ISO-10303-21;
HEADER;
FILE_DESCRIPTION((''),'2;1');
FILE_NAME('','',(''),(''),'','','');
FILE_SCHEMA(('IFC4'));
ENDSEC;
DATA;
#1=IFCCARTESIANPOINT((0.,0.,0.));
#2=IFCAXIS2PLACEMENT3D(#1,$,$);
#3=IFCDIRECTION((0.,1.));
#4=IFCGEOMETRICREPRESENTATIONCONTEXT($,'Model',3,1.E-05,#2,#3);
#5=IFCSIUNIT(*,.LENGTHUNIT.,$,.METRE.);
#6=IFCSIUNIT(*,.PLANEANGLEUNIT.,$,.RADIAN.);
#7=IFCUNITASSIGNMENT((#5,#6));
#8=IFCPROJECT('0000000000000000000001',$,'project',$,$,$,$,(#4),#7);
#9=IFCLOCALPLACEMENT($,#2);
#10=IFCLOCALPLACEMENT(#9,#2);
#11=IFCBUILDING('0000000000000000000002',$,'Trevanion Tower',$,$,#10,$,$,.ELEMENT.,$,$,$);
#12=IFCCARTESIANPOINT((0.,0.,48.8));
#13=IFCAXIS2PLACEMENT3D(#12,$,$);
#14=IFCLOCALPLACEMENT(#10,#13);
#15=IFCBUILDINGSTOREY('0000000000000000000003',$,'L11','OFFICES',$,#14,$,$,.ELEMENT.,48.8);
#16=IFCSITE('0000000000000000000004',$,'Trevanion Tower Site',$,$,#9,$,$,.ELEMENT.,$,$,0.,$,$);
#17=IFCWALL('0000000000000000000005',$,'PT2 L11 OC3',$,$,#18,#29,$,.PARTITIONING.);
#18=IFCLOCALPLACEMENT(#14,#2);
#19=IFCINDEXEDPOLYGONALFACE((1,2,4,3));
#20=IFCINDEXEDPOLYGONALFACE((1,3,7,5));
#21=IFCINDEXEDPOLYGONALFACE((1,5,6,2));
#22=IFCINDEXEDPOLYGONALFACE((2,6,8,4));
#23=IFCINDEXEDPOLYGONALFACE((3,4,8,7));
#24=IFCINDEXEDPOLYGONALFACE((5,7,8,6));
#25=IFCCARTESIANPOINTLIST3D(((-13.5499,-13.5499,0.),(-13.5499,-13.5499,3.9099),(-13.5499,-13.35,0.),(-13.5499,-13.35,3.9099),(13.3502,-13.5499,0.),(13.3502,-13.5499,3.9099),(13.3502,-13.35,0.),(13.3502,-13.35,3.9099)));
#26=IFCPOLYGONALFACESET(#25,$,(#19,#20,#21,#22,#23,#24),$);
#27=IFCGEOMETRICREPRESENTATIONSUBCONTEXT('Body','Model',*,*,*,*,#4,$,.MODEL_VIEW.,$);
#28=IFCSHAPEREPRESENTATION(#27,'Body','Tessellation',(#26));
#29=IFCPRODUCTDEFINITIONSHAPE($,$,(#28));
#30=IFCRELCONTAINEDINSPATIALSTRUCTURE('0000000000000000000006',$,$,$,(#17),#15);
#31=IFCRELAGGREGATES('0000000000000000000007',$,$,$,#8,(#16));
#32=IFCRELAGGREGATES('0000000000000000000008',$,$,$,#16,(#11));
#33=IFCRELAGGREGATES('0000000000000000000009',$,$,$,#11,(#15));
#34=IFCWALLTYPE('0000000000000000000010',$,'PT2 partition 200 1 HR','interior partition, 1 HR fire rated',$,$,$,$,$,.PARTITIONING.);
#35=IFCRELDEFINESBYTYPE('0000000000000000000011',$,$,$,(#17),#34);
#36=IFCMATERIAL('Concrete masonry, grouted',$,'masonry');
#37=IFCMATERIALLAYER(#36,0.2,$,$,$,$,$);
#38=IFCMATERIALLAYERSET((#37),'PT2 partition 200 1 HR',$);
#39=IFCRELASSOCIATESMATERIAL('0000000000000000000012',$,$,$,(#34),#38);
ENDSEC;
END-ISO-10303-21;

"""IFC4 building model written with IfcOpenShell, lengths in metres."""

from ifc_helpers import new_model, si_unit, direction, frame, frame_2d, origin, place, context, subcontext, project, spatial, rectangle, extrude, material, layer, layer_set, type_object, element, save


model = new_model("IFC4")

# Units and contexts
model_context = context("Model", 3, precision=1e-05, world=origin(), true_north=direction((0.0, 1.0)))
body_context = subcontext(model_context, "Body", "Model", "MODEL_VIEW")
ifc_project = project(units=[si_unit("LENGTHUNIT", "METRE"), si_unit("PLANEANGLEUNIT", "RADIAN")], contexts=[model_context])

# Site, building, storey
site_placement = place(None, origin())
site = spatial("IfcSite", under=ifc_project, at=site_placement, Name="Trevanion Tower Site", CompositionType="ELEMENT", RefElevation=0.0)
building_placement = place(site_placement, origin())
building = spatial("IfcBuilding", under=site, at=building_placement, Name="Trevanion Tower", CompositionType="ELEMENT")
storey_placement = place(building_placement, frame((0.0, 0.0, 48.8)))
storey = spatial("IfcBuildingStorey", under=building, at=storey_placement, Name="L11", Description="OFFICES", CompositionType="ELEMENT", Elevation=48.8)

# Wall
ifc_material_1 = material(Name="Concrete masonry, grouted", Category="masonry")
ifc_layer_1 = layer(ifc_material_1, 0.2)
ifc_layer_set_1 = layer_set([ifc_layer_1], Name="PT2 partition 200 1 HR")
wall_type_1 = type_object("IfcWallType", Name="PT2 partition 200 1 HR", Description="interior partition, 1 HR fire rated", PredefinedType="PARTITIONING", material=ifc_layer_set_1)
wall_1_placement = place(storey_placement, frame((-13.55, -13.45, 0.0), z_axis=(0.0, 0.0, 1.0), x_axis=(1.0, 0.0, 0.0)))
element("IfcWall", 1, at=wall_1_placement, inside=storey, type_object=wall_type_1, Name="PT2 L11 OC3", PredefinedType="PARTITIONING", context=body_context, shape_type="SweptSolid", body=[
    extrude(rectangle(XDim=26.9001, YDim=0.2, at=frame_2d((13.4502, 0.0))), origin(), (0.0, 0.0, 1.0), 3.9099),
])

save(model, "model.ifc")
